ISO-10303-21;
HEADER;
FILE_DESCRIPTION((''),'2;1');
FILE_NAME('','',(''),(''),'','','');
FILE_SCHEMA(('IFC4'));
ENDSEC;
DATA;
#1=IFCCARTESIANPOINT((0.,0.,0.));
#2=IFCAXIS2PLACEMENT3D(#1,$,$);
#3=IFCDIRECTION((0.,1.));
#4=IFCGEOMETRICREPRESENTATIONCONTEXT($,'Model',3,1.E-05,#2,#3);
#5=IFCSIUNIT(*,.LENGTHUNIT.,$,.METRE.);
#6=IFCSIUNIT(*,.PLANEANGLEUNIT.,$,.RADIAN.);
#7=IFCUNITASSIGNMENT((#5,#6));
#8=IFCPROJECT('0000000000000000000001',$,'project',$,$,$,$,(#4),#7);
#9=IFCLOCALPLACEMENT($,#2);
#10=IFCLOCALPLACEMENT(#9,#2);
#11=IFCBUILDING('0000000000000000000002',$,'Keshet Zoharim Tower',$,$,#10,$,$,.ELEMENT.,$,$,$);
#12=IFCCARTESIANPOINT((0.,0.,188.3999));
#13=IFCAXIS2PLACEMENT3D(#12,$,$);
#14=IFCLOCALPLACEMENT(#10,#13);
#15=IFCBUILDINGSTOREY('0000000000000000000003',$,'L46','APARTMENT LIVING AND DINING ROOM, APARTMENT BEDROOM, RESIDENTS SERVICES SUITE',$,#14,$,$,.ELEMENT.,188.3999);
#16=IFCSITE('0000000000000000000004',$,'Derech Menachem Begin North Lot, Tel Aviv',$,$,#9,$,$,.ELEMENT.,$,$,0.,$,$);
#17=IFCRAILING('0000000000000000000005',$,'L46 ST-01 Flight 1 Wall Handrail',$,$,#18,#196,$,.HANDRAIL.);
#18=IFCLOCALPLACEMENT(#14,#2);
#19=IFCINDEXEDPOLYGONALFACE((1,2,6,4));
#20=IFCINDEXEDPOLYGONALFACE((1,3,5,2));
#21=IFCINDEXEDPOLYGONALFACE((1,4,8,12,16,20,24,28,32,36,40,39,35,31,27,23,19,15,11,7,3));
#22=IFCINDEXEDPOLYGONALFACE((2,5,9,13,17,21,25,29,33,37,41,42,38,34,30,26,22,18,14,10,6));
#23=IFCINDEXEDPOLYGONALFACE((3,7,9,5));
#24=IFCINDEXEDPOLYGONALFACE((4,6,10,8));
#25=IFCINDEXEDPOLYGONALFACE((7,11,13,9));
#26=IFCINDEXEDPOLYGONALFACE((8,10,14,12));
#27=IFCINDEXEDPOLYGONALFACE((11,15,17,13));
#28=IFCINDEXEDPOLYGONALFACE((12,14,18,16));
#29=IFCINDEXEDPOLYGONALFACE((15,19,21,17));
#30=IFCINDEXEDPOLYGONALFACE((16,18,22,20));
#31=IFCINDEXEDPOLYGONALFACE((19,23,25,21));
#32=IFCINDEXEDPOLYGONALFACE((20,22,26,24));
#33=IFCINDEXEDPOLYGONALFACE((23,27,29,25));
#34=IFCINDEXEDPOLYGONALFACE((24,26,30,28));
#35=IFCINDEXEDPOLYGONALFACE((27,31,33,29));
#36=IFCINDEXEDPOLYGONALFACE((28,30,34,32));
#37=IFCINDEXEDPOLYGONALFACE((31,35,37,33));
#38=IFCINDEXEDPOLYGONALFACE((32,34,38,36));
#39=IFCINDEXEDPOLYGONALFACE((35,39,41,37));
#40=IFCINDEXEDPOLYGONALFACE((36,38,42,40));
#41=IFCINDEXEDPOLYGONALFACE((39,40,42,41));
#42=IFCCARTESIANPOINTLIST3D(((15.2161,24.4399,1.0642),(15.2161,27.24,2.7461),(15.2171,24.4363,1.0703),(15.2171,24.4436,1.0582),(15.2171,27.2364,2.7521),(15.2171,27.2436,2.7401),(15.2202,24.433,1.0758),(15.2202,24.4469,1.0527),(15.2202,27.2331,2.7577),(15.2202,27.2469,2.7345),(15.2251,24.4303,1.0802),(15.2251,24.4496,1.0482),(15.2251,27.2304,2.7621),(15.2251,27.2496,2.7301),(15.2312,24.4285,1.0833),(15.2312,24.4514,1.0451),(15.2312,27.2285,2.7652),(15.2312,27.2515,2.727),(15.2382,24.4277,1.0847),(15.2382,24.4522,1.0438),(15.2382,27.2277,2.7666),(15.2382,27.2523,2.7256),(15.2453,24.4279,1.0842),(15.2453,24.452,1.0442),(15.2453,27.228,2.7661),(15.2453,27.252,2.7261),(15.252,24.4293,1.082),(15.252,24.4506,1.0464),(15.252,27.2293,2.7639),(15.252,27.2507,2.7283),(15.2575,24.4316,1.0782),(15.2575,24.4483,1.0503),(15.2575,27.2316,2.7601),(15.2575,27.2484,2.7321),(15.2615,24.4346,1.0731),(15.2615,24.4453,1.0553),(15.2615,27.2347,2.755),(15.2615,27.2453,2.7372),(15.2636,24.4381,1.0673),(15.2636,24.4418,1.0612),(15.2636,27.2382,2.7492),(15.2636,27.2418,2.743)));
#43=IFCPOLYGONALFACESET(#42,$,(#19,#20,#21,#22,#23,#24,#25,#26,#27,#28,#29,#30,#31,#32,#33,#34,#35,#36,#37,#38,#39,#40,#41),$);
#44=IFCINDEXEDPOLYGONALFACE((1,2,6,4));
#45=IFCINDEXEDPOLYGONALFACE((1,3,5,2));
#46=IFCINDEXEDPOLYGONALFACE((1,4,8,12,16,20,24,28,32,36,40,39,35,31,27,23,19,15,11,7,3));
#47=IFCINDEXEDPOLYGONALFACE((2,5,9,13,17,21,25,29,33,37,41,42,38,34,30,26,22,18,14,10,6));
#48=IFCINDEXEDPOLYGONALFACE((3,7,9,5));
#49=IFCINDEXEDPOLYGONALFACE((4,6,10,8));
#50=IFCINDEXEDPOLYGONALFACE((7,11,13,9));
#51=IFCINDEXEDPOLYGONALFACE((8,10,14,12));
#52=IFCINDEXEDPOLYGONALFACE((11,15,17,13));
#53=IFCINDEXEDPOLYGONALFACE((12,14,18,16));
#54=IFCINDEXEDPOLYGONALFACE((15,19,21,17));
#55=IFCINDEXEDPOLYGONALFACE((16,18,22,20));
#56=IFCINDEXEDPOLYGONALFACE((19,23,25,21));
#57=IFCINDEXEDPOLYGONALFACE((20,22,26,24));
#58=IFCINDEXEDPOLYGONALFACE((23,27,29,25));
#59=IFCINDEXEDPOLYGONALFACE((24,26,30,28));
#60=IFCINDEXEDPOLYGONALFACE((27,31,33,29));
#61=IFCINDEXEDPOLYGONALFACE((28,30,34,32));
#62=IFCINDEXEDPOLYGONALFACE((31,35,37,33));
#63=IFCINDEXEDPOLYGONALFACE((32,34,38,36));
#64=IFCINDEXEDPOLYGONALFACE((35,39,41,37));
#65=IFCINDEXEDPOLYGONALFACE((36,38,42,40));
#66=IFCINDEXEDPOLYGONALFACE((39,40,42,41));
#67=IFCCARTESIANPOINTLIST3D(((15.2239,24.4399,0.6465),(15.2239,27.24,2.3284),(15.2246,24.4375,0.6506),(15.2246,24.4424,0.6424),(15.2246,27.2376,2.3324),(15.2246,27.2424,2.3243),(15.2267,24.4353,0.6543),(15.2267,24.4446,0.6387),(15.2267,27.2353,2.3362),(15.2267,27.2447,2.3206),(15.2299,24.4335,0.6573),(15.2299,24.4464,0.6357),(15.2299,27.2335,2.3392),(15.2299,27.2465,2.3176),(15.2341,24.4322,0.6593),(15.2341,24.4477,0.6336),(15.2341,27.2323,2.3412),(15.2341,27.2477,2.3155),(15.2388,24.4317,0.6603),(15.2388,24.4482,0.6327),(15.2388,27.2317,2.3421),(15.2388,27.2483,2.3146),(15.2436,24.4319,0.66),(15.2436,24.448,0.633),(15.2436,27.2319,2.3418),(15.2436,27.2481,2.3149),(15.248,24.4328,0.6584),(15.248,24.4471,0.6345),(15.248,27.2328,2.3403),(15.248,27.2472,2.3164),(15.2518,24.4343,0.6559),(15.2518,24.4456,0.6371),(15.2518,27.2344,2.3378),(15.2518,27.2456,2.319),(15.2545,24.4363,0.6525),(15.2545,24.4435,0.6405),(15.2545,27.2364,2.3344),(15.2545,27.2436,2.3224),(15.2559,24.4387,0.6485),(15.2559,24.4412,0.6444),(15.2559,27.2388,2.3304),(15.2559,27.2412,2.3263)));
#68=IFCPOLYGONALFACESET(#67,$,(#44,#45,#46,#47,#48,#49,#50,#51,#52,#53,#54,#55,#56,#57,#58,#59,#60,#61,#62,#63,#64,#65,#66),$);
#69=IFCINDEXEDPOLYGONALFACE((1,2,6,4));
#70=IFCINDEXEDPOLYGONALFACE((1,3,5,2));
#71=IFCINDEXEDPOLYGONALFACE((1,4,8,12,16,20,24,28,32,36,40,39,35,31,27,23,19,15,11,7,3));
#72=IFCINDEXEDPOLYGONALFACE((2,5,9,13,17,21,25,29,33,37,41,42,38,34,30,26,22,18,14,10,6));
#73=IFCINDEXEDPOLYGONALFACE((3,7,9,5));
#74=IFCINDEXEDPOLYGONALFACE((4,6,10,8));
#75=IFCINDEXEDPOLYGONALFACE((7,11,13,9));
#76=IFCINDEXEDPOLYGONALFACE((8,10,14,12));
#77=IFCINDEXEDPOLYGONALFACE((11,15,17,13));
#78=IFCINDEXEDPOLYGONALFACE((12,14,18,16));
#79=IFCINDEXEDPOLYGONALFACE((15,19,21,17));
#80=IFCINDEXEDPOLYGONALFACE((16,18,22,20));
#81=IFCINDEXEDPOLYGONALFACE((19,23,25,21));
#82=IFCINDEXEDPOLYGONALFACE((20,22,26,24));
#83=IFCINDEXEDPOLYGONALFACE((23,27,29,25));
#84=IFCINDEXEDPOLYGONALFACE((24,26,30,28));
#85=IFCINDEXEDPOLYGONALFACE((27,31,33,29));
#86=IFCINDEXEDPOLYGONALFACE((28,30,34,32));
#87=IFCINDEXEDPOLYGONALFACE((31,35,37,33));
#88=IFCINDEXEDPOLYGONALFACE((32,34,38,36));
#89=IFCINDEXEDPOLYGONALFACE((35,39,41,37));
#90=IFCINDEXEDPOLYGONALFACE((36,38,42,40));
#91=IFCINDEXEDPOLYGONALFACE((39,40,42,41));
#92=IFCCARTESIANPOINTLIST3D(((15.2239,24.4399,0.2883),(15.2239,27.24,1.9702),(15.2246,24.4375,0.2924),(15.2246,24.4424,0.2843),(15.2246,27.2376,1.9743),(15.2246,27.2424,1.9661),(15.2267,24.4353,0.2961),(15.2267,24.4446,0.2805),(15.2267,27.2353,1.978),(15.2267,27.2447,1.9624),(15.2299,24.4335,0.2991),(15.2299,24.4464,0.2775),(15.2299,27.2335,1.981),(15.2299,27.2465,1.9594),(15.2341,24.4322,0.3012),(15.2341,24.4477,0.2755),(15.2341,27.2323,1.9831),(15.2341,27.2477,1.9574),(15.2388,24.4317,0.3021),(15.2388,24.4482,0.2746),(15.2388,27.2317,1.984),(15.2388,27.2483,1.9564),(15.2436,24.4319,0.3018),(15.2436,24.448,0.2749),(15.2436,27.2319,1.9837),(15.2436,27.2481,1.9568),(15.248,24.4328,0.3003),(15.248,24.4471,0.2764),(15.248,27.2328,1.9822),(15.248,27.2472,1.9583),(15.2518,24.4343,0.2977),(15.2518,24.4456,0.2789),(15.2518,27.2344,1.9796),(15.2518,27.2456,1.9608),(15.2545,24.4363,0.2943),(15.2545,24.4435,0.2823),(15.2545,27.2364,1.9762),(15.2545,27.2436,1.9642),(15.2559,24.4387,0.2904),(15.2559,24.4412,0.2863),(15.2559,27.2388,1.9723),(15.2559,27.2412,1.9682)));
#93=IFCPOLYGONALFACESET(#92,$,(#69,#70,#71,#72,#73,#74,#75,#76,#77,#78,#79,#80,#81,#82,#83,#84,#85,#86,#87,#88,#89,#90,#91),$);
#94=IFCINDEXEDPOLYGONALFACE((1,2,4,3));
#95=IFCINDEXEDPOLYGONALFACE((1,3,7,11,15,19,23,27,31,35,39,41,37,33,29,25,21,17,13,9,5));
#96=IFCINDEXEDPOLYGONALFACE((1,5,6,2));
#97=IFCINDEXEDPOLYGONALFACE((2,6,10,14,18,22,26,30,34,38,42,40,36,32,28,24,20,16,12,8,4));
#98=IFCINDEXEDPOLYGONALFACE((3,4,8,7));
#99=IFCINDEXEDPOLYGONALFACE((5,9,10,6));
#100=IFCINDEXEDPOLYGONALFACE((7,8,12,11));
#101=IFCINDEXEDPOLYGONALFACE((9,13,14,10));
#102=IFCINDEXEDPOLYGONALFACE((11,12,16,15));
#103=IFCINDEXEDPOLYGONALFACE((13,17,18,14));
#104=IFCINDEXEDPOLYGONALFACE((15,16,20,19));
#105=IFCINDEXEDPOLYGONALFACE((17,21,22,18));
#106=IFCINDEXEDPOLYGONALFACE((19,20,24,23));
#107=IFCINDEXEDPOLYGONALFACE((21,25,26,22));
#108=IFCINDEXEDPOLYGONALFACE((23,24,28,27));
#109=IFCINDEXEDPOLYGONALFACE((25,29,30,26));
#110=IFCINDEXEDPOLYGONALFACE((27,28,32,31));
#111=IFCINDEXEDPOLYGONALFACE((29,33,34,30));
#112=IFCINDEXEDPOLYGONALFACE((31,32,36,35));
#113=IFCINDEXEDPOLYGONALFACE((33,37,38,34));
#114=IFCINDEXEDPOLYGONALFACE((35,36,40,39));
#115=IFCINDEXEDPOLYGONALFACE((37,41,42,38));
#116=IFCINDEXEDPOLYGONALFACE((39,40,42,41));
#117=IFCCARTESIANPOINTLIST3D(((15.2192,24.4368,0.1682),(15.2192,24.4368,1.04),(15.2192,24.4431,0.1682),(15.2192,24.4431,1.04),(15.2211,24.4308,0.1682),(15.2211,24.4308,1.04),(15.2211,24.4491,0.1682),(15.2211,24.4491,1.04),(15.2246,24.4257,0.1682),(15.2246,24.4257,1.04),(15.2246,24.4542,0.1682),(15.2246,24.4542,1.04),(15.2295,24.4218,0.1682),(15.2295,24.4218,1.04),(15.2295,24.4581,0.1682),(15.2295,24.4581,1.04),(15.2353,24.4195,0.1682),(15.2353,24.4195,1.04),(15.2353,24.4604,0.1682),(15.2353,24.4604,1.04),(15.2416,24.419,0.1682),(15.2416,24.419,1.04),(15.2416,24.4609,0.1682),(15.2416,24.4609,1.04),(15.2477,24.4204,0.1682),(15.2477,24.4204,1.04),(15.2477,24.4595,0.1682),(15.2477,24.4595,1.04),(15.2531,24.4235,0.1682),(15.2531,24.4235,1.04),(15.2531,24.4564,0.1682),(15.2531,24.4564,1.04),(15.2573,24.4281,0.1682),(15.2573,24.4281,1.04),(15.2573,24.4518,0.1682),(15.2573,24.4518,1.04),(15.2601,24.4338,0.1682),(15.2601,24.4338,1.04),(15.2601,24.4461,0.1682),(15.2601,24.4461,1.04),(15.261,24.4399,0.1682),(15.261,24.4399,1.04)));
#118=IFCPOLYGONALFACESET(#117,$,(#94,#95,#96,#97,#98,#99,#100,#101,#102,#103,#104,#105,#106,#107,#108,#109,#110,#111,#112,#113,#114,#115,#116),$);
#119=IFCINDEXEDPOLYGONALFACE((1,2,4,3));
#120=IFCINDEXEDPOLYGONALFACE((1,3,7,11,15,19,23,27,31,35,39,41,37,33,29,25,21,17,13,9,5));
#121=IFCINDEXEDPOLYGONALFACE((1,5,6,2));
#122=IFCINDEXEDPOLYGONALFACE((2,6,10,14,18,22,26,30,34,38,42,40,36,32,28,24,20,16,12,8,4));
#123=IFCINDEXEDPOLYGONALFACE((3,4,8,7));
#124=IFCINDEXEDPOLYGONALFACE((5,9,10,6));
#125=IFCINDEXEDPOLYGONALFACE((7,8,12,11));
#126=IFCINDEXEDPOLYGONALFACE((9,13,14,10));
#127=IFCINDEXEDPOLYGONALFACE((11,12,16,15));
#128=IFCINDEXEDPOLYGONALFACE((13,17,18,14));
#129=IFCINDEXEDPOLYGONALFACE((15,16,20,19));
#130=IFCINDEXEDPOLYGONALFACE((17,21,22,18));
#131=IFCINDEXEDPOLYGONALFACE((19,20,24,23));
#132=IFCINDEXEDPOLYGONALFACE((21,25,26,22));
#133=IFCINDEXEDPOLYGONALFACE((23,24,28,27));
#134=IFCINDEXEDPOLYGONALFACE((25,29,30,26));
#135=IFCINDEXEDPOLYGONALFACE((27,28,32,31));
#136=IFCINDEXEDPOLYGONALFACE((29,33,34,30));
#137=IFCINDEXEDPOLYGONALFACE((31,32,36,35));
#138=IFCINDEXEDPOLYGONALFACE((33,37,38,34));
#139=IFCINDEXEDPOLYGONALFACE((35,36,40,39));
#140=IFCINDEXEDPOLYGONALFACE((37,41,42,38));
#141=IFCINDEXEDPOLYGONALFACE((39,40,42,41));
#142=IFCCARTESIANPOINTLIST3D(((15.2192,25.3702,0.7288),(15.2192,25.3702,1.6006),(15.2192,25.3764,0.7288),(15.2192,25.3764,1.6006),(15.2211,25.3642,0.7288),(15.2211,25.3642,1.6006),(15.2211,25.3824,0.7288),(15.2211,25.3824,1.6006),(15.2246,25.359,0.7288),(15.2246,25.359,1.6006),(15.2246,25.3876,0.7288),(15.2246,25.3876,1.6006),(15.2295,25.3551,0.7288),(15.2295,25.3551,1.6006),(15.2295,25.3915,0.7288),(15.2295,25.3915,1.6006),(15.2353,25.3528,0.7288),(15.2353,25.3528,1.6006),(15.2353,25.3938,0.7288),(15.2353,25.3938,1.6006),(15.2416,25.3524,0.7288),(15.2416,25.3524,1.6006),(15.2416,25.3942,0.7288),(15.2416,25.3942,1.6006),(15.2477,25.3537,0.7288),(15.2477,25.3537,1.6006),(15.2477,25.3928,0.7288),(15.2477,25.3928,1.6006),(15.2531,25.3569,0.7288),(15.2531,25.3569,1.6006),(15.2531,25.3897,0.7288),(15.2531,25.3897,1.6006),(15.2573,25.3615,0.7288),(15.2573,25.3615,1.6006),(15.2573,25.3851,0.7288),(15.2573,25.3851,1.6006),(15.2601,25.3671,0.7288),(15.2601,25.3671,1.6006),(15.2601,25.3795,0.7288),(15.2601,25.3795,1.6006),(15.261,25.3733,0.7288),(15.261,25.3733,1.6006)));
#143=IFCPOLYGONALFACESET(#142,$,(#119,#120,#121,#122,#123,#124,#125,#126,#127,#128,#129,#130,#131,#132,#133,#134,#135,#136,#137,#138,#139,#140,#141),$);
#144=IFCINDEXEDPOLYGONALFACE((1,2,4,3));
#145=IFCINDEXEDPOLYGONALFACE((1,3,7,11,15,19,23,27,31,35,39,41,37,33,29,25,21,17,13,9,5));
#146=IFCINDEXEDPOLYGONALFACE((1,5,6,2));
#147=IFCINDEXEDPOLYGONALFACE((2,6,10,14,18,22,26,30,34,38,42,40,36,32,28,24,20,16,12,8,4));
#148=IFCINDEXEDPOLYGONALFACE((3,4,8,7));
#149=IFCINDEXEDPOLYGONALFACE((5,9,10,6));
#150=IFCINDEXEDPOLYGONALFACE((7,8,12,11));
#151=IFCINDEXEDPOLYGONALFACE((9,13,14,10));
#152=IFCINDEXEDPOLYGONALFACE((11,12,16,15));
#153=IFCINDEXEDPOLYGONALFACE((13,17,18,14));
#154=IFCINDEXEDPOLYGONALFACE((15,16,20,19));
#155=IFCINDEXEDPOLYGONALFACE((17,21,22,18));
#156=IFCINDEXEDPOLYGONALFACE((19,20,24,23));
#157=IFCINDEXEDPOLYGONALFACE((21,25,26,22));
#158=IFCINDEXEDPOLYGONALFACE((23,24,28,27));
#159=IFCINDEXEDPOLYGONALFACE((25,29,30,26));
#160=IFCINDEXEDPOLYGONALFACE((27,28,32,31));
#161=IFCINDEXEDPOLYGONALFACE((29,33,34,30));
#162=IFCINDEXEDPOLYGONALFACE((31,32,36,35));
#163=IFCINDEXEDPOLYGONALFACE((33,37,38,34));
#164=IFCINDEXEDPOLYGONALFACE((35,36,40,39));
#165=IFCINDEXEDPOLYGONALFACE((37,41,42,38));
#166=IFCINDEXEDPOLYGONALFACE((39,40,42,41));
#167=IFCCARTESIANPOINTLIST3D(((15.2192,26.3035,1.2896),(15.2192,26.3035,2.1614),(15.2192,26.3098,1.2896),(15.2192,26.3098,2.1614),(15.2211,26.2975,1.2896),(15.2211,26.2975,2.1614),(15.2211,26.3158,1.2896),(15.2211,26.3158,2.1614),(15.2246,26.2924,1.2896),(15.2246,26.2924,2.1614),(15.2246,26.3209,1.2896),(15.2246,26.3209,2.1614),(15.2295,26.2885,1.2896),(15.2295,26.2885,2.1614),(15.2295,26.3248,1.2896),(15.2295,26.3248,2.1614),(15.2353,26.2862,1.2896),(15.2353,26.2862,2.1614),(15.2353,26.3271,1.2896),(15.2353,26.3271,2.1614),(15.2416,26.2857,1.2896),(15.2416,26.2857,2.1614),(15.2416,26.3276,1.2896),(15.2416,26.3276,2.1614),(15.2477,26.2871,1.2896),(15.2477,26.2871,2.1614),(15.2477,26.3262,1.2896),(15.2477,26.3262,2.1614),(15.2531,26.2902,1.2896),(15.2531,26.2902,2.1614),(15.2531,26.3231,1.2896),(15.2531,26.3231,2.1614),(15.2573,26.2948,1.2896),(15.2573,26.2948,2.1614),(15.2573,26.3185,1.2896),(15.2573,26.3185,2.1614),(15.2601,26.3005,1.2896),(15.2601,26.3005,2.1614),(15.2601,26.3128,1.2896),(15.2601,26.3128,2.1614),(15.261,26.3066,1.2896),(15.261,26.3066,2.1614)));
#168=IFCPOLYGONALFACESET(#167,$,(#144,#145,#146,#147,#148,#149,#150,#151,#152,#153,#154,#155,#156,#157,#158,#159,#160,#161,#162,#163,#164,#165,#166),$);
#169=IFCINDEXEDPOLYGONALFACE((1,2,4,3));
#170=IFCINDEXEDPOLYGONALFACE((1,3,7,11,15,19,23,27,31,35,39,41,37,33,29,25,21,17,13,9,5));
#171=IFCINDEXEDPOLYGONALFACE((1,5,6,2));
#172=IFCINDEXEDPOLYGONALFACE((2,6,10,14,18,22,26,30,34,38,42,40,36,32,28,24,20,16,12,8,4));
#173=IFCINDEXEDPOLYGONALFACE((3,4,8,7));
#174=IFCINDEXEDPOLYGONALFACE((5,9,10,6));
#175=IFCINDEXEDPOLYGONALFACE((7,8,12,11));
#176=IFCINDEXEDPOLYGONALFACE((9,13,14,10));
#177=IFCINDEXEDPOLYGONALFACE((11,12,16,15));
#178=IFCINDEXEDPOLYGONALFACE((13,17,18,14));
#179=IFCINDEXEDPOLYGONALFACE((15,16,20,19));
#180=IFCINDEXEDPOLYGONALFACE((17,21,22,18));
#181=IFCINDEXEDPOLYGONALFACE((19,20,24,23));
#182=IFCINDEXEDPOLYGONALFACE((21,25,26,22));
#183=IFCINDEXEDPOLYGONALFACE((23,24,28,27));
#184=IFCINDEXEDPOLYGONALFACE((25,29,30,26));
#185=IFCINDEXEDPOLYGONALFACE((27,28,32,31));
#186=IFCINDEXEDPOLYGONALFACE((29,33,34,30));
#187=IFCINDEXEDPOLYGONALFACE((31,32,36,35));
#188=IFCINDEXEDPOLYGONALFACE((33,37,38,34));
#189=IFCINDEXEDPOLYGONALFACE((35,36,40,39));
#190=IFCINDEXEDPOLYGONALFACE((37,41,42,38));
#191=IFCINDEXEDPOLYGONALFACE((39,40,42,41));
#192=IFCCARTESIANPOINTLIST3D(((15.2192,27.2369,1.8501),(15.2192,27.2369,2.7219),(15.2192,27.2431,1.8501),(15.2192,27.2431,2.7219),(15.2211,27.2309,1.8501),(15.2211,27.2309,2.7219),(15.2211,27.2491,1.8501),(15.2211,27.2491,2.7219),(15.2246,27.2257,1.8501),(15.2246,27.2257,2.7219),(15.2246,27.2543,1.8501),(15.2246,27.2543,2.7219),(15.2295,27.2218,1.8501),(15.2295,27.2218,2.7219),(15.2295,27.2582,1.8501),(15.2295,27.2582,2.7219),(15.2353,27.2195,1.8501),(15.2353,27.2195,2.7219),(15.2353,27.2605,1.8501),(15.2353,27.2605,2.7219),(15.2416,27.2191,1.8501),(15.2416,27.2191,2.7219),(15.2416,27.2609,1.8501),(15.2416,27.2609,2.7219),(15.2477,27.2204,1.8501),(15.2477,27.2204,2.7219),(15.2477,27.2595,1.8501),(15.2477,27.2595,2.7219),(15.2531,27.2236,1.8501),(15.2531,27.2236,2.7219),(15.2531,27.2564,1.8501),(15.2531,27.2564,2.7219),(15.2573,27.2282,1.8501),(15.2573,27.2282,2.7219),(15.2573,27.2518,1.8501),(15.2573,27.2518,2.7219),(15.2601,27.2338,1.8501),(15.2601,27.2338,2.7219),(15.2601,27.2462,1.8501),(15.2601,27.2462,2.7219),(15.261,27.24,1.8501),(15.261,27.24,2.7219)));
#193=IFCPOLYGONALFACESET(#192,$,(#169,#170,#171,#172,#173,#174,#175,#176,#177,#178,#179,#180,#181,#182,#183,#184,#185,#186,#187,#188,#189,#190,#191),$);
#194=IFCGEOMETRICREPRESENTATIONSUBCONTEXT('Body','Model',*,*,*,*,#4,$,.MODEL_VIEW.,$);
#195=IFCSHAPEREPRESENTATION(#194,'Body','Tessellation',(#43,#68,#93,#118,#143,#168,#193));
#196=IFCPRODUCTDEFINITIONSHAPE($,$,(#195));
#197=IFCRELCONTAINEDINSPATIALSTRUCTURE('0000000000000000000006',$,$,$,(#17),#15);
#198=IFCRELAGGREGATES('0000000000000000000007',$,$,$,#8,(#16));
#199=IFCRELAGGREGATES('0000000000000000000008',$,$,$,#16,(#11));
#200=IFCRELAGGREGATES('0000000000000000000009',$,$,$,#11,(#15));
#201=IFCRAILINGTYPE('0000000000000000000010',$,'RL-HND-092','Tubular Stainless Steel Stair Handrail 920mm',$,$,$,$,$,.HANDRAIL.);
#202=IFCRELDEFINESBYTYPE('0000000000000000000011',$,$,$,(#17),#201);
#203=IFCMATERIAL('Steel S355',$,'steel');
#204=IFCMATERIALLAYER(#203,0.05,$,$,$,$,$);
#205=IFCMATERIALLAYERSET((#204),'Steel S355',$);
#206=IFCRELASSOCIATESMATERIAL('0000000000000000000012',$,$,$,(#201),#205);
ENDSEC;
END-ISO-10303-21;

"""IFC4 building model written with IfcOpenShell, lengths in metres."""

from ifc_helpers import new_model, si_unit, direction, frame, origin, origin_2d, place, context, subcontext, project, spatial, circle, extrude, material, layer, layer_set, type_object, element, save


model = new_model("IFC4")

# Units and contexts
model_context = context("Model", 3, precision=1e-05, world=origin(), true_north=direction((0.0, 1.0)))
body_context = subcontext(model_context, "Body", "Model", "MODEL_VIEW")
ifc_project = project(units=[si_unit("LENGTHUNIT", "METRE"), si_unit("PLANEANGLEUNIT", "RADIAN")], contexts=[model_context])

# Site, building, storey
site_placement = place(None, origin())
site = spatial("IfcSite", under=ifc_project, at=site_placement, Name="Derech Menachem Begin North Lot, Tel Aviv", CompositionType="ELEMENT", RefElevation=0.0)
building_placement = place(site_placement, origin())
building = spatial("IfcBuilding", under=site, at=building_placement, Name="Keshet Zoharim Tower", CompositionType="ELEMENT")
storey_placement = place(building_placement, frame((0.0, 0.0, 188.3999)))
storey = spatial("IfcBuildingStorey", under=building, at=storey_placement, Name="L46", Description="APARTMENT LIVING AND DINING ROOM, APARTMENT BEDROOM, RESIDENTS SERVICES SUITE", CompositionType="ELEMENT", Elevation=188.3999)

# Shared definitions
ifc_material_1 = material(Name="Steel S355", Category="steel")

# Railing
ifc_layer_1 = layer(ifc_material_1, 0.05)
ifc_layer_set_1 = layer_set([ifc_layer_1], Name="Steel S355")
railing_type = type_object("IfcRailingType", Name="RL-HND-092", Description="Tubular Stainless Steel Stair Handrail 920mm", PredefinedType="HANDRAIL", material=ifc_layer_set_1)
railing_placement = place(storey_placement, frame((15.24, 24.4399, 0.1682)))
element("IfcRailing", 1, at=railing_placement, inside=storey, type_object=railing_type, Name="L46 ST-01 Flight 1 Wall Handrail", PredefinedType="HANDRAIL", context=body_context, shape_type="SweptSolid", body=[
    extrude(circle(Radius=0.0239, at=origin_2d()), frame((0.0, 0.0, 0.896), z_axis=(0.0, 0.857242, 0.514913), x_axis=(-1.0, 0.0, 0.0)), (0.0, 0.0, 1.0), 3.2664),
    extrude(circle(Radius=0.0161, at=origin_2d()), frame((0.0, 0.0, 0.4783), z_axis=(0.0, 0.857242, 0.514913), x_axis=(-1.0, 0.0, 0.0)), (0.0, 0.0, 1.0), 3.2664),
    extrude(circle(Radius=0.0161, at=origin_2d()), frame((0.0, 0.0, 0.1201), z_axis=(0.0, 0.857242, 0.514913), x_axis=(-1.0, 0.0, 0.0)), (0.0, 0.0, 1.0), 3.2664),
    extrude(circle(Radius=0.021, at=origin_2d()), origin(), (0.0, 0.0, 1.0), 0.8718),
    extrude(circle(Radius=0.021, at=origin_2d()), frame((0.0, 0.9333, 0.5605)), (0.0, 0.0, 1.0), 0.8718),
    extrude(circle(Radius=0.021, at=origin_2d()), frame((0.0, 1.8667, 1.1213)), (0.0, 0.0, 1.0), 0.8718),
    extrude(circle(Radius=0.021, at=origin_2d()), frame((0.0, 2.8, 1.6819)), (0.0, 0.0, 1.0), 0.8718),
])

save(model, "model.ifc")
